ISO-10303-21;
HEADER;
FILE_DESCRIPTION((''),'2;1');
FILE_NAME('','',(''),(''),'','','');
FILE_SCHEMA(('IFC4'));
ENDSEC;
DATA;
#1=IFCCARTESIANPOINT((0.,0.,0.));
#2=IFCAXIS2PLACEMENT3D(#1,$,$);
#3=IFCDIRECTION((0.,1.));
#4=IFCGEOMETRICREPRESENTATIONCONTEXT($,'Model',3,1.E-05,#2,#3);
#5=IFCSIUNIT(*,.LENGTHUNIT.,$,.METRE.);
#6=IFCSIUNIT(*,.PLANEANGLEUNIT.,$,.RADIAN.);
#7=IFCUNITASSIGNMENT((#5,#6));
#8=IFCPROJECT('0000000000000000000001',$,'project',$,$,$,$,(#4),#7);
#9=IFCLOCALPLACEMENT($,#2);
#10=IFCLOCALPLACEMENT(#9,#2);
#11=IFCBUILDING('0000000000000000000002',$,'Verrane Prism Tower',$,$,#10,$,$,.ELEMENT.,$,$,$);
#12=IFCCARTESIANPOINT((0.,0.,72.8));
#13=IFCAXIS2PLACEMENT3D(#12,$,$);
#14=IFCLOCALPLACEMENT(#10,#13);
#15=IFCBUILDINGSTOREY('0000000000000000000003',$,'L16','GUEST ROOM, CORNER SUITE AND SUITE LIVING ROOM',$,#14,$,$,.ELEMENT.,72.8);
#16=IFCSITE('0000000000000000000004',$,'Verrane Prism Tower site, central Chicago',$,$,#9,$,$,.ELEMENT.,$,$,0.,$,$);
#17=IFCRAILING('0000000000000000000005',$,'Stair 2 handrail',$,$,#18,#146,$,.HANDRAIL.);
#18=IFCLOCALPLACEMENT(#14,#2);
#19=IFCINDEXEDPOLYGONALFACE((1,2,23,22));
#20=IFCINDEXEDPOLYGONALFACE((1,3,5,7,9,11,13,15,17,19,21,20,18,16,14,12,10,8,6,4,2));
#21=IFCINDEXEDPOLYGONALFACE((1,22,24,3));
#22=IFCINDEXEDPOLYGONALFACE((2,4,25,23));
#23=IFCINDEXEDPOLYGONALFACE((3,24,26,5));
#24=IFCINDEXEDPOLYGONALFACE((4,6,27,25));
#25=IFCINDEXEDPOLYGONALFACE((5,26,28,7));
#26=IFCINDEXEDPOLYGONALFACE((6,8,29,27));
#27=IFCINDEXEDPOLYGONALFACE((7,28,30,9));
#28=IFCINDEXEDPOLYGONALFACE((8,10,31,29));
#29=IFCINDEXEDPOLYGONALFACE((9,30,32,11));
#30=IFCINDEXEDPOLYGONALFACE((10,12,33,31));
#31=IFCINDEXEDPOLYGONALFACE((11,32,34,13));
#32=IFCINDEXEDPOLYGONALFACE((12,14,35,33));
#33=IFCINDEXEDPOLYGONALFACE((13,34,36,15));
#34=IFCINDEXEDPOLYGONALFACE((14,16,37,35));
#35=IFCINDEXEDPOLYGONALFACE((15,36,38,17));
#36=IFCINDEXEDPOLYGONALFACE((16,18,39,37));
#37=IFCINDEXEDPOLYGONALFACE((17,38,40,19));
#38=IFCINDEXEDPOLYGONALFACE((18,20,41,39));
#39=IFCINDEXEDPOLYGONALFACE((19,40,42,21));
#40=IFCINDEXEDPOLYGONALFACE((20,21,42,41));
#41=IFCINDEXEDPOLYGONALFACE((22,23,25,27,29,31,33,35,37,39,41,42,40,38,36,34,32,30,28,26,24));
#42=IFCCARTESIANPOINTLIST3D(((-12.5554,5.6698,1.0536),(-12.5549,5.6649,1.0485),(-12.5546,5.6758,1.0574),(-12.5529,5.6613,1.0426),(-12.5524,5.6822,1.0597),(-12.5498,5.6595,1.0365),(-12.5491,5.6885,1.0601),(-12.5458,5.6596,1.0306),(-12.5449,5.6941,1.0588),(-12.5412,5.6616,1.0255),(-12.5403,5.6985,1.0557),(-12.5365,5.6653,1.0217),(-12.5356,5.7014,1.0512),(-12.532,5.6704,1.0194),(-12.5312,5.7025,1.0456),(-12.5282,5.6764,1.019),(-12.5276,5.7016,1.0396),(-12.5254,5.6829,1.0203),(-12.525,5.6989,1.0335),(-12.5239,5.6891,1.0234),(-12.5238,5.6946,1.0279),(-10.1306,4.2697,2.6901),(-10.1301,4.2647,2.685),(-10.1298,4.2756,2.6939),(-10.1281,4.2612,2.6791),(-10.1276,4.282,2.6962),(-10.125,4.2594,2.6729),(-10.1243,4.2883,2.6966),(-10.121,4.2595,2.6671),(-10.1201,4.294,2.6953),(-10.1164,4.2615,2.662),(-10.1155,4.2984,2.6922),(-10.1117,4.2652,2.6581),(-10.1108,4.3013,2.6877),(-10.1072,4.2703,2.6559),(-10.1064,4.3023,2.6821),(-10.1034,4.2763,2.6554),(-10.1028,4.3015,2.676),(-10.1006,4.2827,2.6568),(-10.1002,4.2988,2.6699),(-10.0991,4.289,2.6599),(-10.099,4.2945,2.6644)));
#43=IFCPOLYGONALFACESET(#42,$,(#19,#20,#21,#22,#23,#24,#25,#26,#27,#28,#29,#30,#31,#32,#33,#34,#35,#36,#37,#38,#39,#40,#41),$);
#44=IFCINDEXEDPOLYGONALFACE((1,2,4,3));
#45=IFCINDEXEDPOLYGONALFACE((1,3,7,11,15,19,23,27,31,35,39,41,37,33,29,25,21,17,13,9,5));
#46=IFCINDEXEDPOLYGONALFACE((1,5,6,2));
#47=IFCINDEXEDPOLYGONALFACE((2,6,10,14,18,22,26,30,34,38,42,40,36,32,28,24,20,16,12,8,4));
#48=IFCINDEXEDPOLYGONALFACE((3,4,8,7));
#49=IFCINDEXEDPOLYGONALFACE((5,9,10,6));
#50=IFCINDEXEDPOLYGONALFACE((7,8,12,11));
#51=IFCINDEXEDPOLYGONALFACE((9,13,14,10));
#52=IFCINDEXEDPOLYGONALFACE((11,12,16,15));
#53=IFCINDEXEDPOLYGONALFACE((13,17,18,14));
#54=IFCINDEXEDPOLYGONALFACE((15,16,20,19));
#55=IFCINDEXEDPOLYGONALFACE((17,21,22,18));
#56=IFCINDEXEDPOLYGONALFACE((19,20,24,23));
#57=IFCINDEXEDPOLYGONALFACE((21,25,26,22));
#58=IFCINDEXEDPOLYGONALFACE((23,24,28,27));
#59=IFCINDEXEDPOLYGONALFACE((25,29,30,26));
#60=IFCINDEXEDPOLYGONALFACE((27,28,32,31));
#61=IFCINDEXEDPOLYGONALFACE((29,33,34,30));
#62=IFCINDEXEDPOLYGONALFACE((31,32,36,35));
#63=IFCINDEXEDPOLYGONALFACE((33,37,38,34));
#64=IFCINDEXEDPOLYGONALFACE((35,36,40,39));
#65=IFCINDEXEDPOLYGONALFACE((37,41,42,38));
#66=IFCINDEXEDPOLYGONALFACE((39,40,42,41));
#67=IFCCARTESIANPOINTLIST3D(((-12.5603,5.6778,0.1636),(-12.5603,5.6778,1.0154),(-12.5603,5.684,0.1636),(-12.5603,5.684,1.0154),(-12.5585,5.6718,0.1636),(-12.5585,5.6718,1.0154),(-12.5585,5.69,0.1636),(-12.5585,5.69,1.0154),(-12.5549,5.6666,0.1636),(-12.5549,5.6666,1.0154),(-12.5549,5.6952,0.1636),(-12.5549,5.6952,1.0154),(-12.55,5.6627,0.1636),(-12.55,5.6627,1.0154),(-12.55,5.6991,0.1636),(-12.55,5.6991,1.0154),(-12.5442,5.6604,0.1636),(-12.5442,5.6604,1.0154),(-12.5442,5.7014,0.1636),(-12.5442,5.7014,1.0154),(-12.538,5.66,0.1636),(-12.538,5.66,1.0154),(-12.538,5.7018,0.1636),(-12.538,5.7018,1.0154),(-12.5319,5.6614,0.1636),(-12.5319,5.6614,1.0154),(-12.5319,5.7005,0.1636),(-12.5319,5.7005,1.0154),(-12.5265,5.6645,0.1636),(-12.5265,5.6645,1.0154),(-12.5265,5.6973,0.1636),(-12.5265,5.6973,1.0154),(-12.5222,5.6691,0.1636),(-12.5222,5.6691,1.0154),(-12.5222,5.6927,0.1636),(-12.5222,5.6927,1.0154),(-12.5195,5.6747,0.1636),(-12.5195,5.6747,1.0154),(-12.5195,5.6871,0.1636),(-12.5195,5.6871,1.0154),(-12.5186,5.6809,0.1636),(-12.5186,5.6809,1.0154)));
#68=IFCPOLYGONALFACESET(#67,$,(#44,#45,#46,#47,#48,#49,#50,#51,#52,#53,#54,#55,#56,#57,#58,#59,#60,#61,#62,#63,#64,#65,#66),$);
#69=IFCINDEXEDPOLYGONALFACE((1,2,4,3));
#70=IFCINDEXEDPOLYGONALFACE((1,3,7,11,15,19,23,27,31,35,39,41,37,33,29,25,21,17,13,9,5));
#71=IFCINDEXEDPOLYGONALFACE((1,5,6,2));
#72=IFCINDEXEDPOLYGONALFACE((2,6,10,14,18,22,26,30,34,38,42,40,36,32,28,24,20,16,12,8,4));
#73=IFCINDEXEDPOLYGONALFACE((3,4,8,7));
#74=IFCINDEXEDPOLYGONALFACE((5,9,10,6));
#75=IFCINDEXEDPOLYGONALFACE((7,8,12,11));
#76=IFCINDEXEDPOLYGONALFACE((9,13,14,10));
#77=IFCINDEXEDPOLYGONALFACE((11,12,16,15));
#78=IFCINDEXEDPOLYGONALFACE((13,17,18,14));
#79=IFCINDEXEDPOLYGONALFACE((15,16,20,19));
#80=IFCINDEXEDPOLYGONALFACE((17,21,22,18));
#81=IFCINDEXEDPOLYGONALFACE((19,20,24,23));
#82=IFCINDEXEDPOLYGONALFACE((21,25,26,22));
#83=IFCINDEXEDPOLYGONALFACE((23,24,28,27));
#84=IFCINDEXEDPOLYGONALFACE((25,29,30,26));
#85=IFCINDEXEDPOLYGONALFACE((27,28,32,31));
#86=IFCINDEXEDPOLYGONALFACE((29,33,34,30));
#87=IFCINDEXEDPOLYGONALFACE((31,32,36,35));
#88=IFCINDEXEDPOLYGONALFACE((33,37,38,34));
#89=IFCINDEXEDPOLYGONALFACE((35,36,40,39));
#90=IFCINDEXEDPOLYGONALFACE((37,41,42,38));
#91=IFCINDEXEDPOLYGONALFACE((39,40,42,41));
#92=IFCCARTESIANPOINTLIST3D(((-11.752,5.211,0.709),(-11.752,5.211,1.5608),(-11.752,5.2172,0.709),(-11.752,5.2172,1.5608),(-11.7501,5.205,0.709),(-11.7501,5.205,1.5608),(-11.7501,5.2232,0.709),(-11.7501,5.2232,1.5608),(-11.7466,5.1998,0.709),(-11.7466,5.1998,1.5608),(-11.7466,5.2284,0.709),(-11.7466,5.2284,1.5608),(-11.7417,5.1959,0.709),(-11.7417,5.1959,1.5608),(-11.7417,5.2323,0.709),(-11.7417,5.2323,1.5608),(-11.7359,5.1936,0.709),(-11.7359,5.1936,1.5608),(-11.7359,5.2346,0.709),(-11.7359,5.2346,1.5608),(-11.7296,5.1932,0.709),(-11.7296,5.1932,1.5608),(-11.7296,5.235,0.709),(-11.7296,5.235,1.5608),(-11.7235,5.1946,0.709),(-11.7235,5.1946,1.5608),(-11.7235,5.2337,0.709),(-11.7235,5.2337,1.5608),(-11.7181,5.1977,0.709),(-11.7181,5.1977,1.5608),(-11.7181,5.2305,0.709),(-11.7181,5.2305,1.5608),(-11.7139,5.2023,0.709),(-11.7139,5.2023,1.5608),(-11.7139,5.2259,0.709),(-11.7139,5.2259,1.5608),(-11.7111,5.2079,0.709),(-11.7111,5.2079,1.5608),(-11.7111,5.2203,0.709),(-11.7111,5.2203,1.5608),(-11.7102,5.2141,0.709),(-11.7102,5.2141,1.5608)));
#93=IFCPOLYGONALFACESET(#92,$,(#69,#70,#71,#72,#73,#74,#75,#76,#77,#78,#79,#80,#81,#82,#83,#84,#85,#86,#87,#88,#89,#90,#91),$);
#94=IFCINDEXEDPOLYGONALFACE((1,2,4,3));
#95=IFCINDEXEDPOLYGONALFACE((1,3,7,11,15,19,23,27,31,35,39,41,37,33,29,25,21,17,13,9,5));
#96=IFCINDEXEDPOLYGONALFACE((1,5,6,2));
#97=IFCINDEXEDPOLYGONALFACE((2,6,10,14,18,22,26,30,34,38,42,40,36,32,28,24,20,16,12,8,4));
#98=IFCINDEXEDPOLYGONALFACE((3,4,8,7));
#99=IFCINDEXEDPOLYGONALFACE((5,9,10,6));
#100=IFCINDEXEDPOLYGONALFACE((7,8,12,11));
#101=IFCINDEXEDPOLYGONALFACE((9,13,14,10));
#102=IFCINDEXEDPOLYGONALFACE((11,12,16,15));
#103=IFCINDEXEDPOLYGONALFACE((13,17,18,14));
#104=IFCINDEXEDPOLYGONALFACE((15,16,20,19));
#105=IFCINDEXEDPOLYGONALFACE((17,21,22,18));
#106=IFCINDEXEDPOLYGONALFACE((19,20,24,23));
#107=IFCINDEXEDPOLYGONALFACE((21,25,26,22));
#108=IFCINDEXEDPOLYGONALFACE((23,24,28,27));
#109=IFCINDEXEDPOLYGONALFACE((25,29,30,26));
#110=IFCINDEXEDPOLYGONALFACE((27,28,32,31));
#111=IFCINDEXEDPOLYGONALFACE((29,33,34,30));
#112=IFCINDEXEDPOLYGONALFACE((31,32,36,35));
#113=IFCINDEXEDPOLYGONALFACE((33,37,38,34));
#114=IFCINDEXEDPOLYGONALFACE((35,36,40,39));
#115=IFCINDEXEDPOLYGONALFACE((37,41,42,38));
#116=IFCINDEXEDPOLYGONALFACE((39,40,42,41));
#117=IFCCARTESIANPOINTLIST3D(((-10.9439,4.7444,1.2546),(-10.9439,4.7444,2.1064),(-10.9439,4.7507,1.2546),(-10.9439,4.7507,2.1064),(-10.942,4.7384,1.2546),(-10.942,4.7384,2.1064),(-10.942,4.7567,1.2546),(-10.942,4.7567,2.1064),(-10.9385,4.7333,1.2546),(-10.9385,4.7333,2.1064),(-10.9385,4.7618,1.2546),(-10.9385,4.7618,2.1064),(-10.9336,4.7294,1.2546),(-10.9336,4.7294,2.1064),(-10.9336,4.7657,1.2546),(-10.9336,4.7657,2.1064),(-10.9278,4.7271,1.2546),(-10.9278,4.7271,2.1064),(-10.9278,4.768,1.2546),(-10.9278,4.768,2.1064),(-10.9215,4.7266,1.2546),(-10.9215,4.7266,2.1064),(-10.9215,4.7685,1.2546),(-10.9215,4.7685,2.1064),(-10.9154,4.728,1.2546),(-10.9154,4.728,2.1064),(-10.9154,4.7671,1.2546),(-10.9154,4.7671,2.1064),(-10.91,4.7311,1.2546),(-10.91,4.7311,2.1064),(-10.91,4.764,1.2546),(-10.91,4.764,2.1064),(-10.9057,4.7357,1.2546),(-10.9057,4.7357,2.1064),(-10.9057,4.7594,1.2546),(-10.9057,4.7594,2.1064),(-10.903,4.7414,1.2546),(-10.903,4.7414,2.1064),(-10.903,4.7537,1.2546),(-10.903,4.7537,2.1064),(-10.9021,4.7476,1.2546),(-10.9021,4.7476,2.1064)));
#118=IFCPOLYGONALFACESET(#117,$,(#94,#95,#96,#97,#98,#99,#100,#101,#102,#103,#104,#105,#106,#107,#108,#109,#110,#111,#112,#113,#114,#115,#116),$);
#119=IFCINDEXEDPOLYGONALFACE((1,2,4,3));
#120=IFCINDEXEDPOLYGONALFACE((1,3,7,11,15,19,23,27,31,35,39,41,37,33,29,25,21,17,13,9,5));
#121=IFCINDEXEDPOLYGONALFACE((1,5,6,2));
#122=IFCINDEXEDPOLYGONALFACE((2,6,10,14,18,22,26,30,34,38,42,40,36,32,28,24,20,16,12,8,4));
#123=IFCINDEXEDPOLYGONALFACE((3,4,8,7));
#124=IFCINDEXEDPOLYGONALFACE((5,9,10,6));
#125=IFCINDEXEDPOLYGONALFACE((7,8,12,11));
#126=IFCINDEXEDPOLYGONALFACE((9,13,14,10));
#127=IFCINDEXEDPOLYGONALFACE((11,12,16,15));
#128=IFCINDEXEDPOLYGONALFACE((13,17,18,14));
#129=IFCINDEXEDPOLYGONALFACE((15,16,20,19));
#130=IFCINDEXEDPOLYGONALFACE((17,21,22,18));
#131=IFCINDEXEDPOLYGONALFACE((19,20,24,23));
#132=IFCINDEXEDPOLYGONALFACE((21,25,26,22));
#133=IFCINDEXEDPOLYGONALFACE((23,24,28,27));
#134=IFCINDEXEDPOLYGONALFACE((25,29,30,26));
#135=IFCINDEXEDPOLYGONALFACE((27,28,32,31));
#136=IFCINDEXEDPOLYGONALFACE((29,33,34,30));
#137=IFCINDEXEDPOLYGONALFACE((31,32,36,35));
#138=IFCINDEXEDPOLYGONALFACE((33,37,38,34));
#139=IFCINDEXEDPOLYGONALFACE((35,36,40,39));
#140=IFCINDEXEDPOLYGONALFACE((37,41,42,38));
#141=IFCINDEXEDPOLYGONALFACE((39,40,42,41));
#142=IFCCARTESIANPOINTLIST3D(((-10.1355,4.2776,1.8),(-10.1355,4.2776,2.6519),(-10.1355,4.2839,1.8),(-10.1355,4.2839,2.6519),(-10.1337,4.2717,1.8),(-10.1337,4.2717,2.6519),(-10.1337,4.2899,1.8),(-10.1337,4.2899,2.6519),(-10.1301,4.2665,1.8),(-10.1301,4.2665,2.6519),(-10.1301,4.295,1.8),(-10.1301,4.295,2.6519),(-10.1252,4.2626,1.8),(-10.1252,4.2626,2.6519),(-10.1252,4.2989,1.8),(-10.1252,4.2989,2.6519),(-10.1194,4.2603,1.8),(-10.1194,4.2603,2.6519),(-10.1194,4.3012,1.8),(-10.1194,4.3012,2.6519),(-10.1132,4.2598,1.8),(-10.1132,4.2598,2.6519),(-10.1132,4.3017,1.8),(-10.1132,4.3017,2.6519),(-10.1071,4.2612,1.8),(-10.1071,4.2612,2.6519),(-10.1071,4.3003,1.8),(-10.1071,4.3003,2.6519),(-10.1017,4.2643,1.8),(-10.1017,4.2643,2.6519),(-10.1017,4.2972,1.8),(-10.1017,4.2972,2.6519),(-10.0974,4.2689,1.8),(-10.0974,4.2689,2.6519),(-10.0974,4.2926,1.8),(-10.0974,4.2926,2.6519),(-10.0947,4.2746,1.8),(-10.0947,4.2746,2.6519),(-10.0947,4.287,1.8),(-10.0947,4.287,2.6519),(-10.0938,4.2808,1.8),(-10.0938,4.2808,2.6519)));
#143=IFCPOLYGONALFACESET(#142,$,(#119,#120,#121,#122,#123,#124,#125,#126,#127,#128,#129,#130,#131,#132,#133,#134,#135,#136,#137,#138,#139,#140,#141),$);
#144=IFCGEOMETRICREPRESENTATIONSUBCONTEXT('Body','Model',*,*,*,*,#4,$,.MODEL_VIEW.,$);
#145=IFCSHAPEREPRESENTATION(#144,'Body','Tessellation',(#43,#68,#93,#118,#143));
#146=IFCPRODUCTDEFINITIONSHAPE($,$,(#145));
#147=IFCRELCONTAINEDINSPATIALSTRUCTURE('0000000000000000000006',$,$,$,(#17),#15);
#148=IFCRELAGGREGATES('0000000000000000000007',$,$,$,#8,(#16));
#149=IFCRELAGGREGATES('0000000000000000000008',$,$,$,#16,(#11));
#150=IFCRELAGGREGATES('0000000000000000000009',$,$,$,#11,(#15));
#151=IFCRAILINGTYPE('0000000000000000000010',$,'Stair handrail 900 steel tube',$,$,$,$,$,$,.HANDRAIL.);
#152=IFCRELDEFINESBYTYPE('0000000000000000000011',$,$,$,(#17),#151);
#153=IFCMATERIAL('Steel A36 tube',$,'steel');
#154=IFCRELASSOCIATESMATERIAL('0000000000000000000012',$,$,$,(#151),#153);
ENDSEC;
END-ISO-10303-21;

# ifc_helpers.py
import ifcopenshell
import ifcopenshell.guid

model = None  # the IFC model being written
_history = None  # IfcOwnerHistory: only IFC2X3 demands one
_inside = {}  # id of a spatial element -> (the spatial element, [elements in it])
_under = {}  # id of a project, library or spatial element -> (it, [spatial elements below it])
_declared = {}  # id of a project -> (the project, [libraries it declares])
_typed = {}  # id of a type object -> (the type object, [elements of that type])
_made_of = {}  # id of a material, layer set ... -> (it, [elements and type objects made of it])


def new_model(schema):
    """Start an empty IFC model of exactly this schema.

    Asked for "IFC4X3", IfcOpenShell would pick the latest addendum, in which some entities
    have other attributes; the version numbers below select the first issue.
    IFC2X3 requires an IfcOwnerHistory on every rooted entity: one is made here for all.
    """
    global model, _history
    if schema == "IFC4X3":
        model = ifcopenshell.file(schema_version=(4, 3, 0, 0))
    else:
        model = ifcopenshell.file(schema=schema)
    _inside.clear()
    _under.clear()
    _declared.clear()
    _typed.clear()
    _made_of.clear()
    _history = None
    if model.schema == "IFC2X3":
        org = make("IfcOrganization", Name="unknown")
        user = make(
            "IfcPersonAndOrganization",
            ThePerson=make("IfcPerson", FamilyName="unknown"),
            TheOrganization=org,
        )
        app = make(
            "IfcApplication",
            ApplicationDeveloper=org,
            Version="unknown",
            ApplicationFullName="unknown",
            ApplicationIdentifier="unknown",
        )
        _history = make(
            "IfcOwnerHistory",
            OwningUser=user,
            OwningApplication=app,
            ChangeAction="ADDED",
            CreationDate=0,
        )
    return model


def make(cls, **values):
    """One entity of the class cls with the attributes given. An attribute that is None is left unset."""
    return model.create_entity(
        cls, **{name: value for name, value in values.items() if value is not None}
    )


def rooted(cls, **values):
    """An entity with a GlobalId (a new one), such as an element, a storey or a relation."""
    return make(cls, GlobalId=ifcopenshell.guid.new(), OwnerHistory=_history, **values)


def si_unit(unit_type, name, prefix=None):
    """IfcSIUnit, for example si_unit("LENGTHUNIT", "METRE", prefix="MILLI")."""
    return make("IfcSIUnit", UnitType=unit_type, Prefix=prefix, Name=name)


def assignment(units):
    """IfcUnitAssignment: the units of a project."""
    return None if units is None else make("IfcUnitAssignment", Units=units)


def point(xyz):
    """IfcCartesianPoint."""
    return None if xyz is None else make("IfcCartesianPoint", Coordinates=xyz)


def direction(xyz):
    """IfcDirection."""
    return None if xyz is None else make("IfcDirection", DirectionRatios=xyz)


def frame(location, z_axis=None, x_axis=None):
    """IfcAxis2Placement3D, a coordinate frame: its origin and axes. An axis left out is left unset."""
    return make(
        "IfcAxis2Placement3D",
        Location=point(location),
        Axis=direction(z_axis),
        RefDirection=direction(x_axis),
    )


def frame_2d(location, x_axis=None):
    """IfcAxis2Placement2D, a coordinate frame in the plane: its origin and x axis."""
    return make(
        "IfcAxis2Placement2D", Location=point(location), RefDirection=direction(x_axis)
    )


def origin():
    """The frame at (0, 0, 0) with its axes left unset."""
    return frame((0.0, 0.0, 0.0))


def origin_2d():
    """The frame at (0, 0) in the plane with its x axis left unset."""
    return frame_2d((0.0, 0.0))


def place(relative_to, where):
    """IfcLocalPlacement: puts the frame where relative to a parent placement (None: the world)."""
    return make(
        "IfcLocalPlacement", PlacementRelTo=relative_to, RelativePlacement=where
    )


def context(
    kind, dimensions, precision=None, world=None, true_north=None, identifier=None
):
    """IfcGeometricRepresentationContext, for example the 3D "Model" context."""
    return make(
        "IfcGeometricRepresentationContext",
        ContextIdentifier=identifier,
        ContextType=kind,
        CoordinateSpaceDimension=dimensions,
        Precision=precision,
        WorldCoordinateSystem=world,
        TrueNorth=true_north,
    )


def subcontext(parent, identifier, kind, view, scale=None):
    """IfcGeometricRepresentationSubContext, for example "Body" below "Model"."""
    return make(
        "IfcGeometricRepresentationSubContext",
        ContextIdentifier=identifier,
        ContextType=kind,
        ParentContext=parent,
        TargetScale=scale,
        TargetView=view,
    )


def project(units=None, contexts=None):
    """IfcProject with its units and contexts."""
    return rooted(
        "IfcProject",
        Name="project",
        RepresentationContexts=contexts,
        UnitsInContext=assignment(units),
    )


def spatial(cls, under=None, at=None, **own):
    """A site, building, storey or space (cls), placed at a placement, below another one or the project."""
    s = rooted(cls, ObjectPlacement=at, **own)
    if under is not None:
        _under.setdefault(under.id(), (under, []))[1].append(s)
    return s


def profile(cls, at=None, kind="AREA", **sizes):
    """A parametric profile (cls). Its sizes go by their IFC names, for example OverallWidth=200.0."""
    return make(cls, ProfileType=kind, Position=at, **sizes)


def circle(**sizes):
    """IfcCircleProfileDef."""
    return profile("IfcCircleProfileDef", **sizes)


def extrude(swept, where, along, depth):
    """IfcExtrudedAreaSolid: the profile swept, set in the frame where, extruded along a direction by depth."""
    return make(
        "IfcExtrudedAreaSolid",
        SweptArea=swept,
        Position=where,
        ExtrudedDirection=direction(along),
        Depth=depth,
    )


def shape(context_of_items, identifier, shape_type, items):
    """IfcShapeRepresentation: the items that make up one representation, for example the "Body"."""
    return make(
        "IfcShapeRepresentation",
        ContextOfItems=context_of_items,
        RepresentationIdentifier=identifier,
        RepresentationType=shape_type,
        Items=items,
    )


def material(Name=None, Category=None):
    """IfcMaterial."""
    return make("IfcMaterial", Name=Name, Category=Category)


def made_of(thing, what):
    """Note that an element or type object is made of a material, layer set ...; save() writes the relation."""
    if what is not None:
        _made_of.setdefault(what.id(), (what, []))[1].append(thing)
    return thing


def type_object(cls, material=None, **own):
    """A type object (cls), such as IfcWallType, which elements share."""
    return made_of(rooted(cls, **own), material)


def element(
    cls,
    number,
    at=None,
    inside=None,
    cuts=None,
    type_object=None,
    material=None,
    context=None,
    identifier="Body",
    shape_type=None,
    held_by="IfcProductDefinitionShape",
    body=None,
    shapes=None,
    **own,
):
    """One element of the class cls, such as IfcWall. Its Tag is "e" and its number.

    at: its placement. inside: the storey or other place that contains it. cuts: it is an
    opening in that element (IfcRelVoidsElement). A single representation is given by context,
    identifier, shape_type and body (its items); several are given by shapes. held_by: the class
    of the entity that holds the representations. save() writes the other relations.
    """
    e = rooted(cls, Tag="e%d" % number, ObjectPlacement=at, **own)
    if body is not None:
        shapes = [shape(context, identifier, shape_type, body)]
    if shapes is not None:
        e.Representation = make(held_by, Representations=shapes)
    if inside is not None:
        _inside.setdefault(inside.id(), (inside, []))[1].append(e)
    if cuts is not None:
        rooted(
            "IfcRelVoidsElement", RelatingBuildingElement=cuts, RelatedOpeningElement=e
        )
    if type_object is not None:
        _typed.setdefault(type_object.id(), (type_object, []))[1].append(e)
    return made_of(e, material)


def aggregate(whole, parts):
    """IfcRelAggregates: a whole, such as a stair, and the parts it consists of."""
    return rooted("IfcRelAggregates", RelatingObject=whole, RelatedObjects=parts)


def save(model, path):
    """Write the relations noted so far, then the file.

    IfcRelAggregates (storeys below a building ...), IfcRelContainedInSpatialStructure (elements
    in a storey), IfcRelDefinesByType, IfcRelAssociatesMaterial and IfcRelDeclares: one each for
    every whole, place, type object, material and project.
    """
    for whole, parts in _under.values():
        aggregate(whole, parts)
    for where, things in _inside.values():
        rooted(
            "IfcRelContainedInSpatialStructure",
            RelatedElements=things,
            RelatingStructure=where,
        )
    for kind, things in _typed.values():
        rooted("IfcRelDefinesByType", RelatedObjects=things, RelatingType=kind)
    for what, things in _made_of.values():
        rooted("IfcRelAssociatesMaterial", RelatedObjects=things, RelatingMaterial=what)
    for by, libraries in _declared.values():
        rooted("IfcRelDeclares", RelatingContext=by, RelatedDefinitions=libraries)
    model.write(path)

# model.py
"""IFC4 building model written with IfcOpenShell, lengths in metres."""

from ifc_helpers import new_model, si_unit, direction, frame, origin, origin_2d, place, context, subcontext, project, spatial, circle, extrude, material, type_object, element, save


model = new_model("IFC4")

# Units and contexts
model_context = context("Model", 3, precision=1e-05, world=origin(), true_north=direction((0.0, 1.0)))
body_context = subcontext(model_context, "Body", "Model", "MODEL_VIEW")
ifc_project = project(units=[si_unit("LENGTHUNIT", "METRE"), si_unit("PLANEANGLEUNIT", "RADIAN")], contexts=[model_context])

# Site, building, storey
site_placement = place(None, origin())
site = spatial("IfcSite", under=ifc_project, at=site_placement, Name="Verrane Prism Tower site, central Chicago", CompositionType="ELEMENT", RefElevation=0.0)
building_placement = place(site_placement, origin())
building = spatial("IfcBuilding", under=site, at=building_placement, Name="Verrane Prism Tower", CompositionType="ELEMENT")
storey_placement = place(building_placement, frame((0.0, 0.0, 72.8)))
storey = spatial("IfcBuildingStorey", under=building, at=storey_placement, Name="L16", Description="GUEST ROOM, CORNER SUITE AND SUITE LIVING ROOM", CompositionType="ELEMENT", Elevation=72.8)

# Railing
ifc_material_1 = material(Name="Steel A36 tube", Category="steel")
railing_type_1 = type_object("IfcRailingType", Name="Stair handrail 900 steel tube", PredefinedType="HANDRAIL", material=ifc_material_1)
railing_1_placement = place(storey_placement, frame((-12.5396, 5.6809, 0.1636)))
element("IfcRailing", 1, at=railing_1_placement, inside=storey, type_object=railing_type_1, Name="Stair 2 handrail", PredefinedType="HANDRAIL", context=body_context, shape_type="SweptSolid", body=[
    extrude(circle(Radius=0.0239, at=origin_2d()), frame((0.0, 0.0, 0.876), z_axis=(0.747666, -0.431722, 0.504591), x_axis=(0.50005, 0.865997, 0.0)), (0.0, 0.0, 1.0), 3.2432),
    extrude(circle(Radius=0.021, at=origin_2d()), origin(), (0.0, 0.0, 1.0), 0.8518),
    extrude(circle(Radius=0.021, at=origin_2d()), frame((0.8083, -0.4668, 0.5454)), (0.0, 0.0, 1.0), 0.8518),
    extrude(circle(Radius=0.021, at=origin_2d()), frame((1.6165, -0.9333, 1.0911)), (0.0, 0.0, 1.0), 0.8518),
    extrude(circle(Radius=0.021, at=origin_2d()), frame((2.4248, -1.4001, 1.6365)), (0.0, 0.0, 1.0), 0.8518),
])

save(model, "model.ifc")
